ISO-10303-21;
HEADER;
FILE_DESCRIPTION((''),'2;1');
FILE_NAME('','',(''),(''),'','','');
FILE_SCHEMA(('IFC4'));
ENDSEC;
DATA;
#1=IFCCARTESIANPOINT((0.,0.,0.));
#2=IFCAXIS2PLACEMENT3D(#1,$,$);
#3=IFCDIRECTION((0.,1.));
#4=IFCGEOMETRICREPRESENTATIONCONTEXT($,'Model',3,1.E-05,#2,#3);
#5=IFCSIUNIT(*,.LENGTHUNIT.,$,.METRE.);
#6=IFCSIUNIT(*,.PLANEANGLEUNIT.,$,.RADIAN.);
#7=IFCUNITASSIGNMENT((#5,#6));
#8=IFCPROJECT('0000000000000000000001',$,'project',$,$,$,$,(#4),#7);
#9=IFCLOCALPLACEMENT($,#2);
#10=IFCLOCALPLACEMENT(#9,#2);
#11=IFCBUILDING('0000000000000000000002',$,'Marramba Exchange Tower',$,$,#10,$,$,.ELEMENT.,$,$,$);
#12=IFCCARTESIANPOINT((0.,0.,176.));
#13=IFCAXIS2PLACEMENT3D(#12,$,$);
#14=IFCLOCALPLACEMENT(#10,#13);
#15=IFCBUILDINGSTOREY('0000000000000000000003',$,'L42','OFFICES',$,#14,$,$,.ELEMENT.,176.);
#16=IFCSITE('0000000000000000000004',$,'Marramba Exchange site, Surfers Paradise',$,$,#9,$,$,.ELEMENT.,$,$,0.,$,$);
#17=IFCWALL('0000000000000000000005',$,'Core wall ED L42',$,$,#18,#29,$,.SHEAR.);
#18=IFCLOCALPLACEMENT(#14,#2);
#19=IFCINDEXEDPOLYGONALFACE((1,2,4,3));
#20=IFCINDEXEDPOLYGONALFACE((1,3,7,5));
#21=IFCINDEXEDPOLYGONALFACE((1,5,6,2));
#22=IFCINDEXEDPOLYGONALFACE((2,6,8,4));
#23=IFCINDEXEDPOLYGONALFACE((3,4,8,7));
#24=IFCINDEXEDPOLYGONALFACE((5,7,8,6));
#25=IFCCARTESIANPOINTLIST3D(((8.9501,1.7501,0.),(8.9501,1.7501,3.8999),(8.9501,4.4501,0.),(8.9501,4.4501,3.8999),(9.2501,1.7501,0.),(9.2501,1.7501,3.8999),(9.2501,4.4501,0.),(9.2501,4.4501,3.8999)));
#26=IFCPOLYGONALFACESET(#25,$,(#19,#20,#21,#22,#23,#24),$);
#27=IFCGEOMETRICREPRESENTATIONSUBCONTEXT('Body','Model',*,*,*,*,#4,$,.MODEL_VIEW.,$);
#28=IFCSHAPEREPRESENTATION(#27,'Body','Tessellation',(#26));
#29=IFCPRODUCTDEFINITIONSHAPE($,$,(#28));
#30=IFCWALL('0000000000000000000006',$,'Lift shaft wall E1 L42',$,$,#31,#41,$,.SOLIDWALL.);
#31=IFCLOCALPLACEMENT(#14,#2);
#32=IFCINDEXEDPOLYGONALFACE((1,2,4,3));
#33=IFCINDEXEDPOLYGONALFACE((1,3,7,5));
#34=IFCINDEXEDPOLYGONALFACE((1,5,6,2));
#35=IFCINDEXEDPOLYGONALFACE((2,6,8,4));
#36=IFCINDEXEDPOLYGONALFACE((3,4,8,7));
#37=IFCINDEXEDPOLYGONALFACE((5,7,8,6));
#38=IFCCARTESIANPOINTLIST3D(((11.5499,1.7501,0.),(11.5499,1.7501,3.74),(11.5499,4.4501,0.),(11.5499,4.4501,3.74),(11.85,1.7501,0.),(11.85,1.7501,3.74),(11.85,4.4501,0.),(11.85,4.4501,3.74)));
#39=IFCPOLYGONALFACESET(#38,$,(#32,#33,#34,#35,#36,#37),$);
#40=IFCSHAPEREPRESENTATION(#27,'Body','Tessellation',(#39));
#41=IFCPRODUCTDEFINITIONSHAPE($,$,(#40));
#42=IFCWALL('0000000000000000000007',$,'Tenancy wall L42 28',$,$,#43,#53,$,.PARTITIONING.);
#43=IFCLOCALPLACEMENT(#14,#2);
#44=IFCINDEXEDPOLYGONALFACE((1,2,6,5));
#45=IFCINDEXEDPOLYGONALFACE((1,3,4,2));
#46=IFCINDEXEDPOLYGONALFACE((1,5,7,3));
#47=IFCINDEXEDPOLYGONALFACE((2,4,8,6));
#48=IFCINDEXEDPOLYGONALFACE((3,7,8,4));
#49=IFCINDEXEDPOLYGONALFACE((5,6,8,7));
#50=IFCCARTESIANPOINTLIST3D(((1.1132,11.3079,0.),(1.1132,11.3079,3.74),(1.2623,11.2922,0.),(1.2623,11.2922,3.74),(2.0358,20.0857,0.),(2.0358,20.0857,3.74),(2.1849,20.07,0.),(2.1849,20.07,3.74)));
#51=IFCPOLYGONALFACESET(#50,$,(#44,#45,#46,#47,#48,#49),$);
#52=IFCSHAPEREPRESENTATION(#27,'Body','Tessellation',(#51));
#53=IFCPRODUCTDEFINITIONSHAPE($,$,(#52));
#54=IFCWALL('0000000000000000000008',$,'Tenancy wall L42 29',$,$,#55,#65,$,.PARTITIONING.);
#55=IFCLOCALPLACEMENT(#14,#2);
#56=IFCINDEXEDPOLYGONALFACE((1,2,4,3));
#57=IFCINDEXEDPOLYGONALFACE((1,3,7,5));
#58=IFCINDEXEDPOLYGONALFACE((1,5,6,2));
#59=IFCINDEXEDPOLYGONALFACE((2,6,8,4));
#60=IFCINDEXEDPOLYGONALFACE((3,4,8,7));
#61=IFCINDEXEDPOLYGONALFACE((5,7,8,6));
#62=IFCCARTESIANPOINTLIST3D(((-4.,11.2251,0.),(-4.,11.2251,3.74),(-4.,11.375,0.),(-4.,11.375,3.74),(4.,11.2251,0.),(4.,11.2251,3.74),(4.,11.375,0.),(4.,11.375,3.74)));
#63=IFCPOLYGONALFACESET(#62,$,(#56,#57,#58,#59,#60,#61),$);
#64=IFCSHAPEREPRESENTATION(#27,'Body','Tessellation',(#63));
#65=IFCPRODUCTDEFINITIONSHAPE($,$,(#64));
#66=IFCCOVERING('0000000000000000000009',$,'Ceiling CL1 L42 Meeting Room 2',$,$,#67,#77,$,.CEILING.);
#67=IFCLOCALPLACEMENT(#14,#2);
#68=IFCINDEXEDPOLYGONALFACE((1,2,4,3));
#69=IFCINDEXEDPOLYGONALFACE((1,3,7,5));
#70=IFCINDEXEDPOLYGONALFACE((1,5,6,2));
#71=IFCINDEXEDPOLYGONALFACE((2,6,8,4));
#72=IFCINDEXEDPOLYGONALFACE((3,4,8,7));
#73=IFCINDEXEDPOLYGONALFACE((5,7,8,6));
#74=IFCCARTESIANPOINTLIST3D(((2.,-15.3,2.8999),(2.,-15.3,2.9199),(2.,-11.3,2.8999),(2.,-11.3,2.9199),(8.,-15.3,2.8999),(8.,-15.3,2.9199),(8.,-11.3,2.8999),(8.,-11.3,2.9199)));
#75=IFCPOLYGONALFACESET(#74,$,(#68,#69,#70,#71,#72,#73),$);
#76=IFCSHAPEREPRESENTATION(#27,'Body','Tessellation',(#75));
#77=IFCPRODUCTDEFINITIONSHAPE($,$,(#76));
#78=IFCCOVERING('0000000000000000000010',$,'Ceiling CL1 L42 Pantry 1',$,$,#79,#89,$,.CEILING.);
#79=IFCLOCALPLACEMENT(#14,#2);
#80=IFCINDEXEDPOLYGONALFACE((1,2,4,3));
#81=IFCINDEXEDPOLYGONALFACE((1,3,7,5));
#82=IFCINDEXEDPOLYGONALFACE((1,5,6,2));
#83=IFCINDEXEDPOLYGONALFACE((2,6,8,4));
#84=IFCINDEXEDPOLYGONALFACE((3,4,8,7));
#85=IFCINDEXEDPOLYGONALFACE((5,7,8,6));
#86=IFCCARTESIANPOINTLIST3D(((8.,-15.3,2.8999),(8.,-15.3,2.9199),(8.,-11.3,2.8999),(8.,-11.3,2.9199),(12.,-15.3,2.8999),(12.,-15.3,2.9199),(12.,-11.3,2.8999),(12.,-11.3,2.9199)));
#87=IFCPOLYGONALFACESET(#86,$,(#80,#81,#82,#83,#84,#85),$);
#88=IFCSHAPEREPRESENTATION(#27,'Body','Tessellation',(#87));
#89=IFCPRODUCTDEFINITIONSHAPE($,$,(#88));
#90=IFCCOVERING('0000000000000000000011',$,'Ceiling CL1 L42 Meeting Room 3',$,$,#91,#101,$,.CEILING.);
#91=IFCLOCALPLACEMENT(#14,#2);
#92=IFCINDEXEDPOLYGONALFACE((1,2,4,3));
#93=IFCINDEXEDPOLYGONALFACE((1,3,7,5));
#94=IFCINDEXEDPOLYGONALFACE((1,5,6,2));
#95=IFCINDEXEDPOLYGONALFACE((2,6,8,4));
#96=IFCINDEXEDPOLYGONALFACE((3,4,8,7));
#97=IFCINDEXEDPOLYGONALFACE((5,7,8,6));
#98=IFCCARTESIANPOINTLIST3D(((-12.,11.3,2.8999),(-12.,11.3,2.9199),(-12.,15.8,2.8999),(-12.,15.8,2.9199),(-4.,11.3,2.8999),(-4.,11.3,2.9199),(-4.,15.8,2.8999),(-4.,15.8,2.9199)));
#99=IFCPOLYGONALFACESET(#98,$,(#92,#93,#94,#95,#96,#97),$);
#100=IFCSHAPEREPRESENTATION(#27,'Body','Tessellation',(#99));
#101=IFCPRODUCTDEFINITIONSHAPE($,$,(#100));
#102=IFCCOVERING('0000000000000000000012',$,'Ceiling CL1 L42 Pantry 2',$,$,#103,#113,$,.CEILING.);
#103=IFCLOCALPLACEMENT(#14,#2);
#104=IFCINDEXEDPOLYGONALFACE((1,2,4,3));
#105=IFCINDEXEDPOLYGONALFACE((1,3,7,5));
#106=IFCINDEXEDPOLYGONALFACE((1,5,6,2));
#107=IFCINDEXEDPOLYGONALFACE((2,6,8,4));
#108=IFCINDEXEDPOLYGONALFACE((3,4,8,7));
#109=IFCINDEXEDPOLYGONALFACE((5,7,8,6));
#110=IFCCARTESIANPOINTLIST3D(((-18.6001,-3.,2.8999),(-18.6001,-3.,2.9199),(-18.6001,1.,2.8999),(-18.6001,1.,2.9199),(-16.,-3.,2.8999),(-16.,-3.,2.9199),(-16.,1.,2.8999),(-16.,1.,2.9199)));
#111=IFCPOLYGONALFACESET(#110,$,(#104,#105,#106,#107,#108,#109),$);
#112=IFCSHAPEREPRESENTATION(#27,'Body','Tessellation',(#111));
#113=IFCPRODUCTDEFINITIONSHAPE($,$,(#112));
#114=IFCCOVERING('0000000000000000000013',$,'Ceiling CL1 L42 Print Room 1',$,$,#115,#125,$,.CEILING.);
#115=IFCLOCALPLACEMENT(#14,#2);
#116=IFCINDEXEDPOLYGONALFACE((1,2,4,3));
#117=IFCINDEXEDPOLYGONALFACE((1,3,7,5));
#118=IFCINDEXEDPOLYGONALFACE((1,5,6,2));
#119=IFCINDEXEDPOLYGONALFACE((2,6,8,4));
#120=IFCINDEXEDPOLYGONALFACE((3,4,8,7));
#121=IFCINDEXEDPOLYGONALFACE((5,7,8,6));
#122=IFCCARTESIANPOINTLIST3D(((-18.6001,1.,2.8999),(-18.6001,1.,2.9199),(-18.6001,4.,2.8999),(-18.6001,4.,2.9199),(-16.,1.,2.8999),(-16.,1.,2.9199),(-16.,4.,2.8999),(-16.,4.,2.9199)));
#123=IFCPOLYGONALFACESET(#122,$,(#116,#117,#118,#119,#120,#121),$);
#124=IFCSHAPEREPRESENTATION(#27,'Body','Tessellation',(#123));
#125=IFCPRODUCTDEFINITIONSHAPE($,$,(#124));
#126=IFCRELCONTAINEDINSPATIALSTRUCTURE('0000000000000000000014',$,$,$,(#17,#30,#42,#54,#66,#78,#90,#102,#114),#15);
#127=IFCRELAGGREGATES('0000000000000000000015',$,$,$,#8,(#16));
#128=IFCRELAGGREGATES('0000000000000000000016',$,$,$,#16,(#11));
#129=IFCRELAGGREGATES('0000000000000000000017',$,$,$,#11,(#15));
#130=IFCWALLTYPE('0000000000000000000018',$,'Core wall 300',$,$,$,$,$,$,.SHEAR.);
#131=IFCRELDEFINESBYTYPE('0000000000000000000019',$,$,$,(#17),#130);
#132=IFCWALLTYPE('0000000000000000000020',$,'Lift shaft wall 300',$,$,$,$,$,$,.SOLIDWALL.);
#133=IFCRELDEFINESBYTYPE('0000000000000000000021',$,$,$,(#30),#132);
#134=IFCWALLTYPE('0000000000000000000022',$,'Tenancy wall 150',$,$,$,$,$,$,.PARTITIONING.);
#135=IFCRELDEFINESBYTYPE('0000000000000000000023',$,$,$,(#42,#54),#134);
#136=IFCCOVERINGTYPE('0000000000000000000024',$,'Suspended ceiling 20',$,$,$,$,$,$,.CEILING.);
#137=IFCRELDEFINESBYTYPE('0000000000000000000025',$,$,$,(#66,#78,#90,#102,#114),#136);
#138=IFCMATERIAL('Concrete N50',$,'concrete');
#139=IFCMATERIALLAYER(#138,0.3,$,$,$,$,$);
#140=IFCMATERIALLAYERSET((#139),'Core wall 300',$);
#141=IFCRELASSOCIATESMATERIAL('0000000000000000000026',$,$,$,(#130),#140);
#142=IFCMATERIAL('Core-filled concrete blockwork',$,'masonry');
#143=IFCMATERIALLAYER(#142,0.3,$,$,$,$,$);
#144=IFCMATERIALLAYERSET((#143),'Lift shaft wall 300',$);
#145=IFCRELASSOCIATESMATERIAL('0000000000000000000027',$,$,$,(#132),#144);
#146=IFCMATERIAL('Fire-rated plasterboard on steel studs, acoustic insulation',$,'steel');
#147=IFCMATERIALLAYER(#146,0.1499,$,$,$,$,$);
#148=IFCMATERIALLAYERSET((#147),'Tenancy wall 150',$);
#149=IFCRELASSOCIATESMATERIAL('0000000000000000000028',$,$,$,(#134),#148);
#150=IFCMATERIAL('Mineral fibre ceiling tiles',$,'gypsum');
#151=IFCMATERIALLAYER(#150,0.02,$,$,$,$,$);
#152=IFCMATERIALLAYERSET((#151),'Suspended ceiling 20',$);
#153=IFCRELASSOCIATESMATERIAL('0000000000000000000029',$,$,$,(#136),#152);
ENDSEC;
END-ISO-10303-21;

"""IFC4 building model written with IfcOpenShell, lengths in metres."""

from ifc_helpers import new_model, si_unit, direction, frame, frame_2d, origin, place, context, subcontext, project, spatial, polyline, rectangle, outline, extrude, material, layer, layer_set, type_object, element, save


model = new_model("IFC4")

# Units and contexts
model_context = context("Model", 3, precision=1e-05, world=origin(), true_north=direction((0.0, 1.0)))
body_context = subcontext(model_context, "Body", "Model", "MODEL_VIEW")
ifc_project = project(units=[si_unit("LENGTHUNIT", "METRE"), si_unit("PLANEANGLEUNIT", "RADIAN")], contexts=[model_context])

# Site, building, storey
site_placement = place(None, origin())
site = spatial("IfcSite", under=ifc_project, at=site_placement, Name="Marramba Exchange site, Surfers Paradise", CompositionType="ELEMENT", RefElevation=0.0)
building_placement = place(site_placement, origin())
building = spatial("IfcBuilding", under=site, at=building_placement, Name="Marramba Exchange Tower", CompositionType="ELEMENT")
storey_placement = place(building_placement, frame((0.0, 0.0, 176.0)))
storey = spatial("IfcBuildingStorey", under=building, at=storey_placement, Name="L42", Description="OFFICES", CompositionType="ELEMENT", Elevation=176.0)

# Walls
ifc_material_1 = material(Name="Concrete N50", Category="concrete")
ifc_layer_1 = layer(ifc_material_1, 0.3)
ifc_layer_set_1 = layer_set([ifc_layer_1], Name="Core wall 300")
wall_type_1 = type_object("IfcWallType", Name="Core wall 300", PredefinedType="SHEAR", material=ifc_layer_set_1)
wall_1_placement = place(storey_placement, frame((9.1001, 1.75, 0.0), z_axis=(0.0, 0.0, 1.0), x_axis=(0.0, 1.0, 0.0)))
element("IfcWall", 1, at=wall_1_placement, inside=storey, type_object=wall_type_1, Name="Core wall ED L42", PredefinedType="SHEAR", context=body_context, shape_type="SweptSolid", body=[
    extrude(rectangle(XDim=2.7, YDim=0.3, at=frame_2d((1.3501, 0.0))), origin(), (0.0, 0.0, 1.0), 3.8999),
])
ifc_material_2 = material(Name="Core-filled concrete blockwork", Category="masonry")
ifc_layer_2 = layer(ifc_material_2, 0.3)
ifc_layer_set_2 = layer_set([ifc_layer_2], Name="Lift shaft wall 300")
wall_type_2 = type_object("IfcWallType", Name="Lift shaft wall 300", PredefinedType="SOLIDWALL", material=ifc_layer_set_2)
wall_2_placement = place(storey_placement, frame((11.7, 1.75, 0.0), z_axis=(0.0, 0.0, 1.0), x_axis=(0.0, 1.0, 0.0)))
element("IfcWall", 2, at=wall_2_placement, inside=storey, type_object=wall_type_2, Name="Lift shaft wall E1 L42", PredefinedType="SOLIDWALL", context=body_context, shape_type="SweptSolid", body=[
    extrude(rectangle(XDim=2.7, YDim=0.3, at=frame_2d((1.3501, 0.0))), origin(), (0.0, 0.0, 1.0), 3.74),
])
ifc_material_3 = material(Name="Fire-rated plasterboard on steel studs, acoustic insulation", Category="steel")
ifc_layer_3 = layer(ifc_material_3, 0.1499)
ifc_layer_set_3 = layer_set([ifc_layer_3], Name="Tenancy wall 150")
wall_type_3 = type_object("IfcWallType", Name="Tenancy wall 150", PredefinedType="PARTITIONING", material=ifc_layer_set_3)
wall_3_placement = place(storey_placement, frame((1.1877, 11.3, 0.0), z_axis=(0.0, 0.0, 1.0), x_axis=(0.104531, 0.994522, 0.0)))
element("IfcWall", 3, at=wall_3_placement, inside=storey, type_object=wall_type_3, Name="Tenancy wall L42 28", PredefinedType="PARTITIONING", context=body_context, shape_type="SweptSolid", body=[
    extrude(rectangle(XDim=8.8262, YDim=0.1499, at=frame_2d((4.4131, 0.0))), origin(), (0.0, 0.0, 1.0), 3.74),
])
wall_4_placement = place(storey_placement, frame((4.0, 11.3, 0.0), z_axis=(0.0, 0.0, 1.0), x_axis=(-1.0, 0.0, 0.0)))
element("IfcWall", 4, at=wall_4_placement, inside=storey, type_object=wall_type_3, Name="Tenancy wall L42 29", PredefinedType="PARTITIONING", context=body_context, shape_type="SweptSolid", body=[
    extrude(rectangle(XDim=8.0, YDim=0.1499, at=frame_2d((4.0, 0.0))), origin(), (0.0, 0.0, 1.0), 3.74),
])

# Coverings
ifc_material_4 = material(Name="Mineral fibre ceiling tiles", Category="gypsum")
ifc_layer_4 = layer(ifc_material_4, 0.02)
ifc_layer_set_4 = layer_set([ifc_layer_4], Name="Suspended ceiling 20")
covering_type = type_object("IfcCoveringType", Name="Suspended ceiling 20", PredefinedType="CEILING", material=ifc_layer_set_4)
covering_1_placement = place(storey_placement, frame((0.0, 0.0, 2.8999)))
element("IfcCovering", 5, at=covering_1_placement, inside=storey, type_object=covering_type, Name="Ceiling CL1 L42 Meeting Room 2", PredefinedType="CEILING", context=body_context, shape_type="SweptSolid", body=[
    extrude(outline(polyline([(8.0, -15.3), (2.0, -15.3), (2.0, -11.3), (8.0, -11.3), (8.0, -15.3)])), origin(), (0.0, 0.0, 1.0), 0.02),
])
covering_2_placement = place(storey_placement, frame((0.0, 0.0, 2.8999)))
element("IfcCovering", 6, at=covering_2_placement, inside=storey, type_object=covering_type, Name="Ceiling CL1 L42 Pantry 1", PredefinedType="CEILING", context=body_context, shape_type="SweptSolid", body=[
    extrude(outline(polyline([(12.0, -15.3), (8.0, -15.3), (8.0, -11.3), (12.0, -11.3), (12.0, -15.3)])), origin(), (0.0, 0.0, 1.0), 0.02),
])
covering_3_placement = place(storey_placement, frame((0.0, 0.0, 2.8999)))
element("IfcCovering", 7, at=covering_3_placement, inside=storey, type_object=covering_type, Name="Ceiling CL1 L42 Meeting Room 3", PredefinedType="CEILING", context=body_context, shape_type="SweptSolid", body=[
    extrude(outline(polyline([(-4.0, 11.3), (-12.0, 11.3), (-12.0, 15.8), (-4.0, 15.8), (-4.0, 11.3)])), origin(), (0.0, 0.0, 1.0), 0.02),
])
covering_4_placement = place(storey_placement, frame((0.0, 0.0, 2.8999)))
element("IfcCovering", 8, at=covering_4_placement, inside=storey, type_object=covering_type, Name="Ceiling CL1 L42 Pantry 2", PredefinedType="CEILING", context=body_context, shape_type="SweptSolid", body=[
    extrude(outline(polyline([(-16.0, -3.0), (-18.6001, -3.0), (-18.6001, 1.0), (-16.0, 1.0), (-16.0, -3.0)])), origin(), (0.0, 0.0, 1.0), 0.02),
])
covering_5_placement = place(storey_placement, frame((0.0, 0.0, 2.8999)))
element("IfcCovering", 9, at=covering_5_placement, inside=storey, type_object=covering_type, Name="Ceiling CL1 L42 Print Room 1", PredefinedType="CEILING", context=body_context, shape_type="SweptSolid", body=[
    extrude(outline(polyline([(-16.0, 1.0), (-18.6001, 1.0), (-18.6001, 4.0), (-16.0, 4.0), (-16.0, 1.0)])), origin(), (0.0, 0.0, 1.0), 0.02),
])

save(model, "model.ifc")
